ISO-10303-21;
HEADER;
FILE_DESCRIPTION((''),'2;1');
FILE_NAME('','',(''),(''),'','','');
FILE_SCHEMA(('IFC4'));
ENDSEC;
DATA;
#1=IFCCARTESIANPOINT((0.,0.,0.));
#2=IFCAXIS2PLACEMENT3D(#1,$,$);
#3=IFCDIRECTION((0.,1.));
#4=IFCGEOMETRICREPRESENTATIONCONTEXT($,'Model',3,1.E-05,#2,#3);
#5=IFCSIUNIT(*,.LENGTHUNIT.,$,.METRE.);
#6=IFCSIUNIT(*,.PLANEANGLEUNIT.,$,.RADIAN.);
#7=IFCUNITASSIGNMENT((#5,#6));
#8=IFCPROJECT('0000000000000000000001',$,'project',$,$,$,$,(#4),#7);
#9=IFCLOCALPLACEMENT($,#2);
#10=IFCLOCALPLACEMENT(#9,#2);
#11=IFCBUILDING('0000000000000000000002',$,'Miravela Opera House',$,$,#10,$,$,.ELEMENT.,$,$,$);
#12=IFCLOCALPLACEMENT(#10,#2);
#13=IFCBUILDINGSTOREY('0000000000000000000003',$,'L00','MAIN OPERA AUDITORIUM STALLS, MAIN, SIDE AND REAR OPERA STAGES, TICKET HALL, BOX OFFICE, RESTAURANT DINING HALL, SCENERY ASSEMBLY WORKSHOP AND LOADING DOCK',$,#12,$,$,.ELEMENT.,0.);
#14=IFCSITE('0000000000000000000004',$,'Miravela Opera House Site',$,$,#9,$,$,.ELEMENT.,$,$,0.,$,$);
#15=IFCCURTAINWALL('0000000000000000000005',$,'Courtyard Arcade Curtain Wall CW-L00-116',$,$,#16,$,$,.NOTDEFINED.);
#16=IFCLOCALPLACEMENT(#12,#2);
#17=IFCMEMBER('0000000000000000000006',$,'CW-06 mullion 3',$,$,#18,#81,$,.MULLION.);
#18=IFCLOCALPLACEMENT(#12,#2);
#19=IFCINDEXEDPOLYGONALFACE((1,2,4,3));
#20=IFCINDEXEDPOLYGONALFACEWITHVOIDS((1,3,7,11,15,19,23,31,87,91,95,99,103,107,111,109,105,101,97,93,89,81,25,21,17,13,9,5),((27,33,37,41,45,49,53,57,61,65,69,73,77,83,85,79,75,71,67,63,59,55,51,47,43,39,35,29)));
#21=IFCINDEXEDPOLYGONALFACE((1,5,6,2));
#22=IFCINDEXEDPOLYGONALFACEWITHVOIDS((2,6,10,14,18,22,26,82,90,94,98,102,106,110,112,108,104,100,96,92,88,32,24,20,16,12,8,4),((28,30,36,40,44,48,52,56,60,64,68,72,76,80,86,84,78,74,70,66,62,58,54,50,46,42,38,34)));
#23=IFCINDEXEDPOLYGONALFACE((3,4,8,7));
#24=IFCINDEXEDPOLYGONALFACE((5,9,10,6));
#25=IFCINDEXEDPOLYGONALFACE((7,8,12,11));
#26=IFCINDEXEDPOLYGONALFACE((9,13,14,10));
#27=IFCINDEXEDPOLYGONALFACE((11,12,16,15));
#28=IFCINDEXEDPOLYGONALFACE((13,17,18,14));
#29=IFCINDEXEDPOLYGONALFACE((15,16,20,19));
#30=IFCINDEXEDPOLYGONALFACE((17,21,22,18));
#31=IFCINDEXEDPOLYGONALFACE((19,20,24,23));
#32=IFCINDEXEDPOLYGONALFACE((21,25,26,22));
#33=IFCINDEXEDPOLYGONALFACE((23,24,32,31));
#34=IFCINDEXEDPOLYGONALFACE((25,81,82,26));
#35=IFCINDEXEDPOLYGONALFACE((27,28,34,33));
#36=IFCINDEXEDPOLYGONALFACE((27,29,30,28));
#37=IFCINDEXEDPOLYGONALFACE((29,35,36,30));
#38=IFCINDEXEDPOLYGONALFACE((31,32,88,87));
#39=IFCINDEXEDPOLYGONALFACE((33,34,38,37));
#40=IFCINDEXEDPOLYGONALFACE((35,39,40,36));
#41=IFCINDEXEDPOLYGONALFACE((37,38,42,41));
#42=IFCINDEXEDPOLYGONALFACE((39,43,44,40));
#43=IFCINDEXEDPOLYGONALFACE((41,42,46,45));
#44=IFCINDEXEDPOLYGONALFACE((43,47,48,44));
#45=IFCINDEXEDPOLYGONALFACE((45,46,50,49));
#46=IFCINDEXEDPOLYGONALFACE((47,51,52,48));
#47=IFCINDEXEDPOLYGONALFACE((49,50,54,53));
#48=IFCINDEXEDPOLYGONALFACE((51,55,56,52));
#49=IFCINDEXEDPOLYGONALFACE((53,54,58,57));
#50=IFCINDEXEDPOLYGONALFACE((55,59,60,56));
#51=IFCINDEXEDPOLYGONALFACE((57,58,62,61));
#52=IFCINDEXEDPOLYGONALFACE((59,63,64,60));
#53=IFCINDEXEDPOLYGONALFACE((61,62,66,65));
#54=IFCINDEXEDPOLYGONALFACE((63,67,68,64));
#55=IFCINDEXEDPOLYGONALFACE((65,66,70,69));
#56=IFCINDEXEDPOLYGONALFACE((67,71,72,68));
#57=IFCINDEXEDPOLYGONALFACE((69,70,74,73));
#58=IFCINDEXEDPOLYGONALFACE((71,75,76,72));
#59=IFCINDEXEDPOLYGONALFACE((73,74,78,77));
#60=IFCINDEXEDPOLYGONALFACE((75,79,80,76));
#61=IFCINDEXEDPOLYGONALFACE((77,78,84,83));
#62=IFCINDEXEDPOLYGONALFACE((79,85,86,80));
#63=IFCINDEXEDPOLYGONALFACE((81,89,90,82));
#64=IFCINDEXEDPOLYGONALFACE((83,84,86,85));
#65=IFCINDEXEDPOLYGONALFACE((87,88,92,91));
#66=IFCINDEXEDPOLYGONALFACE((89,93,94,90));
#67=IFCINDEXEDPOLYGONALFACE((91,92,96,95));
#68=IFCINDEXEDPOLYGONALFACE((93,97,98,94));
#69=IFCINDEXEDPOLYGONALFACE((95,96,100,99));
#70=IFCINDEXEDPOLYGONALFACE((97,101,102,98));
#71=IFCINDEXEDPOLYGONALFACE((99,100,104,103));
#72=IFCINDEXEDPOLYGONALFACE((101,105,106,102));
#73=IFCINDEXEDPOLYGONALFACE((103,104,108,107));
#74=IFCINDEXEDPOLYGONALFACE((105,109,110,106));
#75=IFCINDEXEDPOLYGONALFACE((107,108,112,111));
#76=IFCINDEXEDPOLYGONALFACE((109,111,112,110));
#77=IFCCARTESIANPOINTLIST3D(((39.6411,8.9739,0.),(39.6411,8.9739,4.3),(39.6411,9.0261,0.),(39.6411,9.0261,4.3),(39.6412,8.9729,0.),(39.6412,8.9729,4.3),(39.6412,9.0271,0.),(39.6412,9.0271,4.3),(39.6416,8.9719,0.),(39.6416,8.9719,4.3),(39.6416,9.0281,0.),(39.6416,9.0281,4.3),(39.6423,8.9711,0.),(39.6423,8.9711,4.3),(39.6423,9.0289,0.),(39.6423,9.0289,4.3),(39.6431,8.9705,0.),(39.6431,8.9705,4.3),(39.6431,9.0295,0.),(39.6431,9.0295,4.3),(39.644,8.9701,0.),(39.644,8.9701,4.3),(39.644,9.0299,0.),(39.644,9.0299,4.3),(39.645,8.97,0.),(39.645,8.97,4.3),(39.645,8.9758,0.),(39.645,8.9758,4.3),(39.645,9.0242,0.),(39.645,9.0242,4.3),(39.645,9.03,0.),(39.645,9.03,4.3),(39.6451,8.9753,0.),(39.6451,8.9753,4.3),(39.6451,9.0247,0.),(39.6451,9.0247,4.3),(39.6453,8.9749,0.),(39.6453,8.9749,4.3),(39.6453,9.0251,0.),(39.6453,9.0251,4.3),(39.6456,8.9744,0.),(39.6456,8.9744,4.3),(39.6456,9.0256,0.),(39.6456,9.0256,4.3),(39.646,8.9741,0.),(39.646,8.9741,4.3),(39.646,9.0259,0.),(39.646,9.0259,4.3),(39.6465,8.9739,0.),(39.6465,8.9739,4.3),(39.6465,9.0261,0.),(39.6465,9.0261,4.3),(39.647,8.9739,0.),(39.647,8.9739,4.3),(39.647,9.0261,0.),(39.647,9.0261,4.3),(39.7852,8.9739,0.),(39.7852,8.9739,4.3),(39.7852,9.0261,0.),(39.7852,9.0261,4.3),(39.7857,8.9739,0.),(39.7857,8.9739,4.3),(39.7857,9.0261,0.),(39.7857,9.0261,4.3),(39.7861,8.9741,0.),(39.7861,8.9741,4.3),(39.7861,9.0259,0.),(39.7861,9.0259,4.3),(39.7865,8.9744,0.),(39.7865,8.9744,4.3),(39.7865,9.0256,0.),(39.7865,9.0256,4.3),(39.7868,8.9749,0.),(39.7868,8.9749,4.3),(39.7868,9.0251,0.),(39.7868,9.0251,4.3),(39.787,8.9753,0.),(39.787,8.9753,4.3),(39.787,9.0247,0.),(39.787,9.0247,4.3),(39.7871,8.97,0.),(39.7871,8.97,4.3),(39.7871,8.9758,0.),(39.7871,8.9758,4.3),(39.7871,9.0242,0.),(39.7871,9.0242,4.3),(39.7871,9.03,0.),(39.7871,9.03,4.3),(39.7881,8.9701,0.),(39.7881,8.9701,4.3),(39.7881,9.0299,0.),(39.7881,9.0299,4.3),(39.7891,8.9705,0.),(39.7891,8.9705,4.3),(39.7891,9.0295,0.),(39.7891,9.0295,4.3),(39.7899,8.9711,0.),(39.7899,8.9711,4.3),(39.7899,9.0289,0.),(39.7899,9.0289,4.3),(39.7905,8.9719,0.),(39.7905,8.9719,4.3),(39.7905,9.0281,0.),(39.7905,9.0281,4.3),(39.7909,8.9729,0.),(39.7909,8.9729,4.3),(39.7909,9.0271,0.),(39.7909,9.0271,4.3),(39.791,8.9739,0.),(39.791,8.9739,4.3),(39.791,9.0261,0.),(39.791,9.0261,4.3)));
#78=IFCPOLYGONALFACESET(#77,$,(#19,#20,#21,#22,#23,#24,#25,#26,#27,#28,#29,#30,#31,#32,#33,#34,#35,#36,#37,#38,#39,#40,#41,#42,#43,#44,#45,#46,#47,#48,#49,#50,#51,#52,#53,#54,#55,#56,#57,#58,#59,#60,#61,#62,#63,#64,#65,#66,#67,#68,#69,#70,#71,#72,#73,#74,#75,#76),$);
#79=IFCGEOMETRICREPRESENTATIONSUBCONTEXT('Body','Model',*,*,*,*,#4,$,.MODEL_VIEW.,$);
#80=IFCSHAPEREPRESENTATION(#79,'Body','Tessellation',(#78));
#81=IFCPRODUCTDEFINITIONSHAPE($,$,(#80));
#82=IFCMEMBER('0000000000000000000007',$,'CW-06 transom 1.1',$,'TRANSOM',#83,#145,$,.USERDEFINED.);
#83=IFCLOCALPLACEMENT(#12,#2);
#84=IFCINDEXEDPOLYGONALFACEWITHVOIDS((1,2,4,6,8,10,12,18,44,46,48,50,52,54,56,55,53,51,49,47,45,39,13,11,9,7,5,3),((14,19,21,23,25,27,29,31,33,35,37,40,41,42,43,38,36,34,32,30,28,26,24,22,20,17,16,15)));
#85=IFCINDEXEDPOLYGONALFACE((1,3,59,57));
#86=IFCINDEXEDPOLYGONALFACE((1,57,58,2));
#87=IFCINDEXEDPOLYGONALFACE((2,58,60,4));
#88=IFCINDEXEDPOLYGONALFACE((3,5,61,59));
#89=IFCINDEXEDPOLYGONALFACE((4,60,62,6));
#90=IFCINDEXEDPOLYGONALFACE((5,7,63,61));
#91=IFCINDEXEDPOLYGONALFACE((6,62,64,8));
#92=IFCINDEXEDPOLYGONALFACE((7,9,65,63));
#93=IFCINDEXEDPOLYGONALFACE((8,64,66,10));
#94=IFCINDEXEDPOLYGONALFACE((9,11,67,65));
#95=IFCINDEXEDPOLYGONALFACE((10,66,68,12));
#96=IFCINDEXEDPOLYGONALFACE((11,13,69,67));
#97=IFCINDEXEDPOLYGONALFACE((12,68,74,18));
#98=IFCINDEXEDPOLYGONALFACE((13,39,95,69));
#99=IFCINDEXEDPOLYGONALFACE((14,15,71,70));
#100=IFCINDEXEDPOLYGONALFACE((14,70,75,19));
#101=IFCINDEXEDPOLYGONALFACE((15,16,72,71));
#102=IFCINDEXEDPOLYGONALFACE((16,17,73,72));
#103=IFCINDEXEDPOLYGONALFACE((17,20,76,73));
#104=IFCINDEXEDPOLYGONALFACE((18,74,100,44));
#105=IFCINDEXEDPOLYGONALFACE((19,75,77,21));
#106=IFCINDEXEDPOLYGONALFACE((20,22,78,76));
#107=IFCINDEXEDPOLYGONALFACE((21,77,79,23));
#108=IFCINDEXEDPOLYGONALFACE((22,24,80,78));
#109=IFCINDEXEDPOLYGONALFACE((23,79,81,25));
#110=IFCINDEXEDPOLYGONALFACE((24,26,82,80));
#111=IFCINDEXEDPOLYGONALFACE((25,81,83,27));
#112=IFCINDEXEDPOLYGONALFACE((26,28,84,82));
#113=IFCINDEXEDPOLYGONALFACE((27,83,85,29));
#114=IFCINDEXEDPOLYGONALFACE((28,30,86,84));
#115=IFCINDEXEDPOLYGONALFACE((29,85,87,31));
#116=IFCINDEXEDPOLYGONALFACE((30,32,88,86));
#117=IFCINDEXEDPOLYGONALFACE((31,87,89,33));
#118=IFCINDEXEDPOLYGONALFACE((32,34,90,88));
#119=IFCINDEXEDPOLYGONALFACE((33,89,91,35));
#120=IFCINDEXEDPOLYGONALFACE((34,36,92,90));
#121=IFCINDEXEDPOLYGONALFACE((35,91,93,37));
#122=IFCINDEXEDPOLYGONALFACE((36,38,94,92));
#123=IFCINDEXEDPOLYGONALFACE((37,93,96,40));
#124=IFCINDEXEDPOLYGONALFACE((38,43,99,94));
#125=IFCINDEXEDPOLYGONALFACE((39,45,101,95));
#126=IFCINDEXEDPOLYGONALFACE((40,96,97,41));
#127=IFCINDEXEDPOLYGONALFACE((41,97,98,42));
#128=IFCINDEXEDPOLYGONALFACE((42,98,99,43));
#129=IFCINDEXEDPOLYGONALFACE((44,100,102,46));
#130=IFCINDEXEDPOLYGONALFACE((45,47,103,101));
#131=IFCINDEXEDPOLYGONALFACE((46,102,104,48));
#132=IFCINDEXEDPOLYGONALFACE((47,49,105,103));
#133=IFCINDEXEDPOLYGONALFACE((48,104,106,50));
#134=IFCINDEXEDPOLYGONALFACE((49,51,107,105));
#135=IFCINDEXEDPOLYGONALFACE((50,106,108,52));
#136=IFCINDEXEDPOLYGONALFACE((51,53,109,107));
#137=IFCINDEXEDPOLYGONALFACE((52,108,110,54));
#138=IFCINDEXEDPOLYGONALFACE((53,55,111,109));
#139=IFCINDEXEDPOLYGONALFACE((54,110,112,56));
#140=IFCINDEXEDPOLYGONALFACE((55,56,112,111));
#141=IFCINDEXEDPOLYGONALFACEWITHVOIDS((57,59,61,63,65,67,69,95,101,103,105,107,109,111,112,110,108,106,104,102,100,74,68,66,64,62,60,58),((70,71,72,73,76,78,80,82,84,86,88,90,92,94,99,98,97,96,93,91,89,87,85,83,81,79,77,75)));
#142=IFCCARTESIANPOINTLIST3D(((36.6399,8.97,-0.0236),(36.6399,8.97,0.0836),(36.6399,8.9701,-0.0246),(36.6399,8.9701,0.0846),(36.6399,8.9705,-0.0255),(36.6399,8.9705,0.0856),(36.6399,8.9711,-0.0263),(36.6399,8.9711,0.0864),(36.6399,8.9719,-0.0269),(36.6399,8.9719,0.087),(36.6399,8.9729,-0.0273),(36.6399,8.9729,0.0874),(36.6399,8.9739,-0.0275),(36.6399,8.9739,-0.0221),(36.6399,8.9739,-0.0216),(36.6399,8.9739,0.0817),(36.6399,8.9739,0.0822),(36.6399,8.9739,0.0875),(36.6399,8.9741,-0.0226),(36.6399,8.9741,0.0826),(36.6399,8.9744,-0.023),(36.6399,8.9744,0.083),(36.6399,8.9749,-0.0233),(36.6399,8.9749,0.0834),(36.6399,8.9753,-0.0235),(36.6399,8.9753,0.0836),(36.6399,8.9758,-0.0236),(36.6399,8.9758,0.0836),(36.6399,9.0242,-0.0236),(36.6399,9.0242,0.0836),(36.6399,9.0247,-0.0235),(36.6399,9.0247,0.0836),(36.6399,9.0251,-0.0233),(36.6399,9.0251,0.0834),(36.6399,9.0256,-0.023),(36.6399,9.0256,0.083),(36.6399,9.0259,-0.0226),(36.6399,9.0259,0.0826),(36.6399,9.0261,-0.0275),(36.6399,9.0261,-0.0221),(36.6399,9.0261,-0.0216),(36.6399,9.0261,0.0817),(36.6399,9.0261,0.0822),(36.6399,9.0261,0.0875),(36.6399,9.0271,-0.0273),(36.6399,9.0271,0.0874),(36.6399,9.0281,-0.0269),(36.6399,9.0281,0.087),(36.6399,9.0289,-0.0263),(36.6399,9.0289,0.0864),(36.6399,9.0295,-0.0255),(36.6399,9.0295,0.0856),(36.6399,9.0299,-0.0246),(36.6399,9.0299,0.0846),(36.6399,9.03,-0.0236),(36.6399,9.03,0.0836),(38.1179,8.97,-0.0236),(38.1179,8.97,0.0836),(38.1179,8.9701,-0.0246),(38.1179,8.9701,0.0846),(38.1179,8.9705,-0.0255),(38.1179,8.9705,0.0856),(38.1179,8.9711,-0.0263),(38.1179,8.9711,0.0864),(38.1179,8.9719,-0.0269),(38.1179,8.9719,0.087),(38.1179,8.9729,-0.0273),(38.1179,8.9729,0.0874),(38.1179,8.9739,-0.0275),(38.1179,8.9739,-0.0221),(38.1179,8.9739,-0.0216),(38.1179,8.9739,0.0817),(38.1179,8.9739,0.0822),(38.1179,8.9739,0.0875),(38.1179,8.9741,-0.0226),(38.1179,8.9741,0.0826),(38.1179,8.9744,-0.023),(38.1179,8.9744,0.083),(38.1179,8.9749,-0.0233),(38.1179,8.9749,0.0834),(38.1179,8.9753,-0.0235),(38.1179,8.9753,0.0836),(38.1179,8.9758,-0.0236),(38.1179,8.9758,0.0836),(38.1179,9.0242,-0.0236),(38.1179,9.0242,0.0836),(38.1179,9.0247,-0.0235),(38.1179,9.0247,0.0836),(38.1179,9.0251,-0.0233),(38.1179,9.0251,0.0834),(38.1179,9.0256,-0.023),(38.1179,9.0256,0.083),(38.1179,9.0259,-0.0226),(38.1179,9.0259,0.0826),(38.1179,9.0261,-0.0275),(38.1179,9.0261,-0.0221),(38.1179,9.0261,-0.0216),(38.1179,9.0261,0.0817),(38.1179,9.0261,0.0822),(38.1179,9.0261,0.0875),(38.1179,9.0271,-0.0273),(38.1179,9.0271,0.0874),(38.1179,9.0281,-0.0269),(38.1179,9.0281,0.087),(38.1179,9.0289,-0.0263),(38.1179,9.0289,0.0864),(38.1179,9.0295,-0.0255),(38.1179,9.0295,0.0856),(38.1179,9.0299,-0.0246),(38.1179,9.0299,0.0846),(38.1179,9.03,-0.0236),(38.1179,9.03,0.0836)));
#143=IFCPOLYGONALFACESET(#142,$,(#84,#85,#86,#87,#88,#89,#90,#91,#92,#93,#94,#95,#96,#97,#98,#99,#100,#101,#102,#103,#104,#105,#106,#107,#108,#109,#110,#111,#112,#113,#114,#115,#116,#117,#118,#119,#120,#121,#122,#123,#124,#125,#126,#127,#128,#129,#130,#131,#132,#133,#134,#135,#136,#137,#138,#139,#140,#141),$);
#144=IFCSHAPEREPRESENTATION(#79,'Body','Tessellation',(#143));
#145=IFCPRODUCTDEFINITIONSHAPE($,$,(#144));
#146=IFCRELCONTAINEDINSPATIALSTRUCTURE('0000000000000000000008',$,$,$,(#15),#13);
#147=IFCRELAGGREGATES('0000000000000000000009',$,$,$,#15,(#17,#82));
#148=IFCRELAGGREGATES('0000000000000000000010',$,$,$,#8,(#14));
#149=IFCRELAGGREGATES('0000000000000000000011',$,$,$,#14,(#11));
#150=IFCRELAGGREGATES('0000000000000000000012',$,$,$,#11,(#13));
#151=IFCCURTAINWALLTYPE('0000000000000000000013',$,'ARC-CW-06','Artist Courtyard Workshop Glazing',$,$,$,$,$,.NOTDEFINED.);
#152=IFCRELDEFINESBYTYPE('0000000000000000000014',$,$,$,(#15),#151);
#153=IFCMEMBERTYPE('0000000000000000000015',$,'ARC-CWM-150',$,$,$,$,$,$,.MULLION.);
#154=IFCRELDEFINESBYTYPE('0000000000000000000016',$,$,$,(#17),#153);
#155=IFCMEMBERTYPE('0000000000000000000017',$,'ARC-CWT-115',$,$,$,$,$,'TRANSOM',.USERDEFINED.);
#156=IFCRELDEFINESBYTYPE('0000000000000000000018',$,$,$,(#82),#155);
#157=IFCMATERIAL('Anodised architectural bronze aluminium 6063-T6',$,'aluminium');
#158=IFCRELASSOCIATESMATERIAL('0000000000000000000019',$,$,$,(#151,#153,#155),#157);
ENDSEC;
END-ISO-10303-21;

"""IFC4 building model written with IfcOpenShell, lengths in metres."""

from ifc_helpers import new_model, si_unit, direction, frame, origin, origin_2d, place, context, subcontext, project, spatial, hollow_rectangle, extrude, material, material_profile, profile_set, type_object, element, aggregate, save


model = new_model("IFC4")

# Units and contexts
model_context = context("Model", 3, precision=1e-05, world=origin(), true_north=direction((0.0, 1.0)))
body_context = subcontext(model_context, "Body", "Model", "MODEL_VIEW")
ifc_project = project(units=[si_unit("LENGTHUNIT", "METRE"), si_unit("PLANEANGLEUNIT", "RADIAN")], contexts=[model_context])

# Site, building, storey
site_placement = place(None, origin())
site = spatial("IfcSite", under=ifc_project, at=site_placement, Name="Miravela Opera House Site", CompositionType="ELEMENT", RefElevation=0.0)
building_placement = place(site_placement, origin())
building = spatial("IfcBuilding", under=site, at=building_placement, Name="Miravela Opera House", CompositionType="ELEMENT")
storey_placement = place(building_placement, origin())
storey = spatial("IfcBuildingStorey", under=building, at=storey_placement, Name="L00", Description="MAIN OPERA AUDITORIUM STALLS, MAIN, SIDE AND REAR OPERA STAGES, TICKET HALL, BOX OFFICE, RESTAURANT DINING HALL, SCENERY ASSEMBLY WORKSHOP AND LOADING DOCK", CompositionType="ELEMENT", Elevation=0.0)

# Curtain wall, members
ifc_material_1 = material(Name="Anodised architectural bronze aluminium 6063-T6", Category="aluminium")
curtain_wall_type = type_object("IfcCurtainWallType", Name="ARC-CW-06", Description="Artist Courtyard Workshop Glazing", PredefinedType="NOTDEFINED", material=ifc_material_1)
curtain_wall_placement = place(storey_placement, origin())
curtain_wall = element("IfcCurtainWall", 1, at=curtain_wall_placement, inside=storey, type_object=curtain_wall_type, Name="Courtyard Arcade Curtain Wall CW-L00-116", PredefinedType="NOTDEFINED")
ifc_material_profile_1 = material_profile(ifc_material_1, hollow_rectangle(XDim=0.0601, YDim=0.1499, WallThickness=0.0039, InnerFilletRadius=0.002, OuterFilletRadius=0.0039, at=origin_2d()), Name="CWM-60X150")
ifc_profile_set_1 = profile_set([ifc_material_profile_1])
member_type_1 = type_object("IfcMemberType", Name="ARC-CWM-150", PredefinedType="MULLION", material=ifc_profile_set_1)
member_1_placement = place(storey_placement, frame((39.7161, 9.0, 0.0), z_axis=(0.0, 0.0, 1.0), x_axis=(0.0, 1.0, 0.0)))
member_1 = element("IfcMember", 2, at=member_1_placement, type_object=member_type_1, Name="CW-06 mullion 3", PredefinedType="MULLION", context=body_context, shape_type="SweptSolid", body=[
    extrude(hollow_rectangle(XDim=0.0601, YDim=0.1499, WallThickness=0.0039, InnerFilletRadius=0.002, OuterFilletRadius=0.0039, at=origin_2d()), origin(), (0.0, 0.0, 1.0), 4.3),
])
ifc_material_profile_2 = material_profile(ifc_material_1, hollow_rectangle(XDim=0.0601, YDim=0.115, WallThickness=0.0039, InnerFilletRadius=0.002, OuterFilletRadius=0.0039, at=origin_2d()), Name="CWT-60X115")
ifc_profile_set_2 = profile_set([ifc_material_profile_2])
member_type_2 = type_object("IfcMemberType", Name="ARC-CWT-115", ElementType="TRANSOM", PredefinedType="USERDEFINED", material=ifc_profile_set_2)
member_2_placement = place(storey_placement, frame((36.6399, 9.0, 0.03), z_axis=(1.0, 0.0, 0.0), x_axis=(0.0, 1.0, 0.0)))
member_2 = element("IfcMember", 3, at=member_2_placement, type_object=member_type_2, Name="CW-06 transom 1.1", ObjectType="TRANSOM", PredefinedType="USERDEFINED", context=body_context, shape_type="SweptSolid", body=[
    extrude(hollow_rectangle(XDim=0.0601, YDim=0.115, WallThickness=0.0039, InnerFilletRadius=0.002, OuterFilletRadius=0.0039, at=origin_2d()), origin(), (0.0, 0.0, 1.0), 1.478),
])
aggregate(curtain_wall, [member_1, member_2])

save(model, "model.ifc")
